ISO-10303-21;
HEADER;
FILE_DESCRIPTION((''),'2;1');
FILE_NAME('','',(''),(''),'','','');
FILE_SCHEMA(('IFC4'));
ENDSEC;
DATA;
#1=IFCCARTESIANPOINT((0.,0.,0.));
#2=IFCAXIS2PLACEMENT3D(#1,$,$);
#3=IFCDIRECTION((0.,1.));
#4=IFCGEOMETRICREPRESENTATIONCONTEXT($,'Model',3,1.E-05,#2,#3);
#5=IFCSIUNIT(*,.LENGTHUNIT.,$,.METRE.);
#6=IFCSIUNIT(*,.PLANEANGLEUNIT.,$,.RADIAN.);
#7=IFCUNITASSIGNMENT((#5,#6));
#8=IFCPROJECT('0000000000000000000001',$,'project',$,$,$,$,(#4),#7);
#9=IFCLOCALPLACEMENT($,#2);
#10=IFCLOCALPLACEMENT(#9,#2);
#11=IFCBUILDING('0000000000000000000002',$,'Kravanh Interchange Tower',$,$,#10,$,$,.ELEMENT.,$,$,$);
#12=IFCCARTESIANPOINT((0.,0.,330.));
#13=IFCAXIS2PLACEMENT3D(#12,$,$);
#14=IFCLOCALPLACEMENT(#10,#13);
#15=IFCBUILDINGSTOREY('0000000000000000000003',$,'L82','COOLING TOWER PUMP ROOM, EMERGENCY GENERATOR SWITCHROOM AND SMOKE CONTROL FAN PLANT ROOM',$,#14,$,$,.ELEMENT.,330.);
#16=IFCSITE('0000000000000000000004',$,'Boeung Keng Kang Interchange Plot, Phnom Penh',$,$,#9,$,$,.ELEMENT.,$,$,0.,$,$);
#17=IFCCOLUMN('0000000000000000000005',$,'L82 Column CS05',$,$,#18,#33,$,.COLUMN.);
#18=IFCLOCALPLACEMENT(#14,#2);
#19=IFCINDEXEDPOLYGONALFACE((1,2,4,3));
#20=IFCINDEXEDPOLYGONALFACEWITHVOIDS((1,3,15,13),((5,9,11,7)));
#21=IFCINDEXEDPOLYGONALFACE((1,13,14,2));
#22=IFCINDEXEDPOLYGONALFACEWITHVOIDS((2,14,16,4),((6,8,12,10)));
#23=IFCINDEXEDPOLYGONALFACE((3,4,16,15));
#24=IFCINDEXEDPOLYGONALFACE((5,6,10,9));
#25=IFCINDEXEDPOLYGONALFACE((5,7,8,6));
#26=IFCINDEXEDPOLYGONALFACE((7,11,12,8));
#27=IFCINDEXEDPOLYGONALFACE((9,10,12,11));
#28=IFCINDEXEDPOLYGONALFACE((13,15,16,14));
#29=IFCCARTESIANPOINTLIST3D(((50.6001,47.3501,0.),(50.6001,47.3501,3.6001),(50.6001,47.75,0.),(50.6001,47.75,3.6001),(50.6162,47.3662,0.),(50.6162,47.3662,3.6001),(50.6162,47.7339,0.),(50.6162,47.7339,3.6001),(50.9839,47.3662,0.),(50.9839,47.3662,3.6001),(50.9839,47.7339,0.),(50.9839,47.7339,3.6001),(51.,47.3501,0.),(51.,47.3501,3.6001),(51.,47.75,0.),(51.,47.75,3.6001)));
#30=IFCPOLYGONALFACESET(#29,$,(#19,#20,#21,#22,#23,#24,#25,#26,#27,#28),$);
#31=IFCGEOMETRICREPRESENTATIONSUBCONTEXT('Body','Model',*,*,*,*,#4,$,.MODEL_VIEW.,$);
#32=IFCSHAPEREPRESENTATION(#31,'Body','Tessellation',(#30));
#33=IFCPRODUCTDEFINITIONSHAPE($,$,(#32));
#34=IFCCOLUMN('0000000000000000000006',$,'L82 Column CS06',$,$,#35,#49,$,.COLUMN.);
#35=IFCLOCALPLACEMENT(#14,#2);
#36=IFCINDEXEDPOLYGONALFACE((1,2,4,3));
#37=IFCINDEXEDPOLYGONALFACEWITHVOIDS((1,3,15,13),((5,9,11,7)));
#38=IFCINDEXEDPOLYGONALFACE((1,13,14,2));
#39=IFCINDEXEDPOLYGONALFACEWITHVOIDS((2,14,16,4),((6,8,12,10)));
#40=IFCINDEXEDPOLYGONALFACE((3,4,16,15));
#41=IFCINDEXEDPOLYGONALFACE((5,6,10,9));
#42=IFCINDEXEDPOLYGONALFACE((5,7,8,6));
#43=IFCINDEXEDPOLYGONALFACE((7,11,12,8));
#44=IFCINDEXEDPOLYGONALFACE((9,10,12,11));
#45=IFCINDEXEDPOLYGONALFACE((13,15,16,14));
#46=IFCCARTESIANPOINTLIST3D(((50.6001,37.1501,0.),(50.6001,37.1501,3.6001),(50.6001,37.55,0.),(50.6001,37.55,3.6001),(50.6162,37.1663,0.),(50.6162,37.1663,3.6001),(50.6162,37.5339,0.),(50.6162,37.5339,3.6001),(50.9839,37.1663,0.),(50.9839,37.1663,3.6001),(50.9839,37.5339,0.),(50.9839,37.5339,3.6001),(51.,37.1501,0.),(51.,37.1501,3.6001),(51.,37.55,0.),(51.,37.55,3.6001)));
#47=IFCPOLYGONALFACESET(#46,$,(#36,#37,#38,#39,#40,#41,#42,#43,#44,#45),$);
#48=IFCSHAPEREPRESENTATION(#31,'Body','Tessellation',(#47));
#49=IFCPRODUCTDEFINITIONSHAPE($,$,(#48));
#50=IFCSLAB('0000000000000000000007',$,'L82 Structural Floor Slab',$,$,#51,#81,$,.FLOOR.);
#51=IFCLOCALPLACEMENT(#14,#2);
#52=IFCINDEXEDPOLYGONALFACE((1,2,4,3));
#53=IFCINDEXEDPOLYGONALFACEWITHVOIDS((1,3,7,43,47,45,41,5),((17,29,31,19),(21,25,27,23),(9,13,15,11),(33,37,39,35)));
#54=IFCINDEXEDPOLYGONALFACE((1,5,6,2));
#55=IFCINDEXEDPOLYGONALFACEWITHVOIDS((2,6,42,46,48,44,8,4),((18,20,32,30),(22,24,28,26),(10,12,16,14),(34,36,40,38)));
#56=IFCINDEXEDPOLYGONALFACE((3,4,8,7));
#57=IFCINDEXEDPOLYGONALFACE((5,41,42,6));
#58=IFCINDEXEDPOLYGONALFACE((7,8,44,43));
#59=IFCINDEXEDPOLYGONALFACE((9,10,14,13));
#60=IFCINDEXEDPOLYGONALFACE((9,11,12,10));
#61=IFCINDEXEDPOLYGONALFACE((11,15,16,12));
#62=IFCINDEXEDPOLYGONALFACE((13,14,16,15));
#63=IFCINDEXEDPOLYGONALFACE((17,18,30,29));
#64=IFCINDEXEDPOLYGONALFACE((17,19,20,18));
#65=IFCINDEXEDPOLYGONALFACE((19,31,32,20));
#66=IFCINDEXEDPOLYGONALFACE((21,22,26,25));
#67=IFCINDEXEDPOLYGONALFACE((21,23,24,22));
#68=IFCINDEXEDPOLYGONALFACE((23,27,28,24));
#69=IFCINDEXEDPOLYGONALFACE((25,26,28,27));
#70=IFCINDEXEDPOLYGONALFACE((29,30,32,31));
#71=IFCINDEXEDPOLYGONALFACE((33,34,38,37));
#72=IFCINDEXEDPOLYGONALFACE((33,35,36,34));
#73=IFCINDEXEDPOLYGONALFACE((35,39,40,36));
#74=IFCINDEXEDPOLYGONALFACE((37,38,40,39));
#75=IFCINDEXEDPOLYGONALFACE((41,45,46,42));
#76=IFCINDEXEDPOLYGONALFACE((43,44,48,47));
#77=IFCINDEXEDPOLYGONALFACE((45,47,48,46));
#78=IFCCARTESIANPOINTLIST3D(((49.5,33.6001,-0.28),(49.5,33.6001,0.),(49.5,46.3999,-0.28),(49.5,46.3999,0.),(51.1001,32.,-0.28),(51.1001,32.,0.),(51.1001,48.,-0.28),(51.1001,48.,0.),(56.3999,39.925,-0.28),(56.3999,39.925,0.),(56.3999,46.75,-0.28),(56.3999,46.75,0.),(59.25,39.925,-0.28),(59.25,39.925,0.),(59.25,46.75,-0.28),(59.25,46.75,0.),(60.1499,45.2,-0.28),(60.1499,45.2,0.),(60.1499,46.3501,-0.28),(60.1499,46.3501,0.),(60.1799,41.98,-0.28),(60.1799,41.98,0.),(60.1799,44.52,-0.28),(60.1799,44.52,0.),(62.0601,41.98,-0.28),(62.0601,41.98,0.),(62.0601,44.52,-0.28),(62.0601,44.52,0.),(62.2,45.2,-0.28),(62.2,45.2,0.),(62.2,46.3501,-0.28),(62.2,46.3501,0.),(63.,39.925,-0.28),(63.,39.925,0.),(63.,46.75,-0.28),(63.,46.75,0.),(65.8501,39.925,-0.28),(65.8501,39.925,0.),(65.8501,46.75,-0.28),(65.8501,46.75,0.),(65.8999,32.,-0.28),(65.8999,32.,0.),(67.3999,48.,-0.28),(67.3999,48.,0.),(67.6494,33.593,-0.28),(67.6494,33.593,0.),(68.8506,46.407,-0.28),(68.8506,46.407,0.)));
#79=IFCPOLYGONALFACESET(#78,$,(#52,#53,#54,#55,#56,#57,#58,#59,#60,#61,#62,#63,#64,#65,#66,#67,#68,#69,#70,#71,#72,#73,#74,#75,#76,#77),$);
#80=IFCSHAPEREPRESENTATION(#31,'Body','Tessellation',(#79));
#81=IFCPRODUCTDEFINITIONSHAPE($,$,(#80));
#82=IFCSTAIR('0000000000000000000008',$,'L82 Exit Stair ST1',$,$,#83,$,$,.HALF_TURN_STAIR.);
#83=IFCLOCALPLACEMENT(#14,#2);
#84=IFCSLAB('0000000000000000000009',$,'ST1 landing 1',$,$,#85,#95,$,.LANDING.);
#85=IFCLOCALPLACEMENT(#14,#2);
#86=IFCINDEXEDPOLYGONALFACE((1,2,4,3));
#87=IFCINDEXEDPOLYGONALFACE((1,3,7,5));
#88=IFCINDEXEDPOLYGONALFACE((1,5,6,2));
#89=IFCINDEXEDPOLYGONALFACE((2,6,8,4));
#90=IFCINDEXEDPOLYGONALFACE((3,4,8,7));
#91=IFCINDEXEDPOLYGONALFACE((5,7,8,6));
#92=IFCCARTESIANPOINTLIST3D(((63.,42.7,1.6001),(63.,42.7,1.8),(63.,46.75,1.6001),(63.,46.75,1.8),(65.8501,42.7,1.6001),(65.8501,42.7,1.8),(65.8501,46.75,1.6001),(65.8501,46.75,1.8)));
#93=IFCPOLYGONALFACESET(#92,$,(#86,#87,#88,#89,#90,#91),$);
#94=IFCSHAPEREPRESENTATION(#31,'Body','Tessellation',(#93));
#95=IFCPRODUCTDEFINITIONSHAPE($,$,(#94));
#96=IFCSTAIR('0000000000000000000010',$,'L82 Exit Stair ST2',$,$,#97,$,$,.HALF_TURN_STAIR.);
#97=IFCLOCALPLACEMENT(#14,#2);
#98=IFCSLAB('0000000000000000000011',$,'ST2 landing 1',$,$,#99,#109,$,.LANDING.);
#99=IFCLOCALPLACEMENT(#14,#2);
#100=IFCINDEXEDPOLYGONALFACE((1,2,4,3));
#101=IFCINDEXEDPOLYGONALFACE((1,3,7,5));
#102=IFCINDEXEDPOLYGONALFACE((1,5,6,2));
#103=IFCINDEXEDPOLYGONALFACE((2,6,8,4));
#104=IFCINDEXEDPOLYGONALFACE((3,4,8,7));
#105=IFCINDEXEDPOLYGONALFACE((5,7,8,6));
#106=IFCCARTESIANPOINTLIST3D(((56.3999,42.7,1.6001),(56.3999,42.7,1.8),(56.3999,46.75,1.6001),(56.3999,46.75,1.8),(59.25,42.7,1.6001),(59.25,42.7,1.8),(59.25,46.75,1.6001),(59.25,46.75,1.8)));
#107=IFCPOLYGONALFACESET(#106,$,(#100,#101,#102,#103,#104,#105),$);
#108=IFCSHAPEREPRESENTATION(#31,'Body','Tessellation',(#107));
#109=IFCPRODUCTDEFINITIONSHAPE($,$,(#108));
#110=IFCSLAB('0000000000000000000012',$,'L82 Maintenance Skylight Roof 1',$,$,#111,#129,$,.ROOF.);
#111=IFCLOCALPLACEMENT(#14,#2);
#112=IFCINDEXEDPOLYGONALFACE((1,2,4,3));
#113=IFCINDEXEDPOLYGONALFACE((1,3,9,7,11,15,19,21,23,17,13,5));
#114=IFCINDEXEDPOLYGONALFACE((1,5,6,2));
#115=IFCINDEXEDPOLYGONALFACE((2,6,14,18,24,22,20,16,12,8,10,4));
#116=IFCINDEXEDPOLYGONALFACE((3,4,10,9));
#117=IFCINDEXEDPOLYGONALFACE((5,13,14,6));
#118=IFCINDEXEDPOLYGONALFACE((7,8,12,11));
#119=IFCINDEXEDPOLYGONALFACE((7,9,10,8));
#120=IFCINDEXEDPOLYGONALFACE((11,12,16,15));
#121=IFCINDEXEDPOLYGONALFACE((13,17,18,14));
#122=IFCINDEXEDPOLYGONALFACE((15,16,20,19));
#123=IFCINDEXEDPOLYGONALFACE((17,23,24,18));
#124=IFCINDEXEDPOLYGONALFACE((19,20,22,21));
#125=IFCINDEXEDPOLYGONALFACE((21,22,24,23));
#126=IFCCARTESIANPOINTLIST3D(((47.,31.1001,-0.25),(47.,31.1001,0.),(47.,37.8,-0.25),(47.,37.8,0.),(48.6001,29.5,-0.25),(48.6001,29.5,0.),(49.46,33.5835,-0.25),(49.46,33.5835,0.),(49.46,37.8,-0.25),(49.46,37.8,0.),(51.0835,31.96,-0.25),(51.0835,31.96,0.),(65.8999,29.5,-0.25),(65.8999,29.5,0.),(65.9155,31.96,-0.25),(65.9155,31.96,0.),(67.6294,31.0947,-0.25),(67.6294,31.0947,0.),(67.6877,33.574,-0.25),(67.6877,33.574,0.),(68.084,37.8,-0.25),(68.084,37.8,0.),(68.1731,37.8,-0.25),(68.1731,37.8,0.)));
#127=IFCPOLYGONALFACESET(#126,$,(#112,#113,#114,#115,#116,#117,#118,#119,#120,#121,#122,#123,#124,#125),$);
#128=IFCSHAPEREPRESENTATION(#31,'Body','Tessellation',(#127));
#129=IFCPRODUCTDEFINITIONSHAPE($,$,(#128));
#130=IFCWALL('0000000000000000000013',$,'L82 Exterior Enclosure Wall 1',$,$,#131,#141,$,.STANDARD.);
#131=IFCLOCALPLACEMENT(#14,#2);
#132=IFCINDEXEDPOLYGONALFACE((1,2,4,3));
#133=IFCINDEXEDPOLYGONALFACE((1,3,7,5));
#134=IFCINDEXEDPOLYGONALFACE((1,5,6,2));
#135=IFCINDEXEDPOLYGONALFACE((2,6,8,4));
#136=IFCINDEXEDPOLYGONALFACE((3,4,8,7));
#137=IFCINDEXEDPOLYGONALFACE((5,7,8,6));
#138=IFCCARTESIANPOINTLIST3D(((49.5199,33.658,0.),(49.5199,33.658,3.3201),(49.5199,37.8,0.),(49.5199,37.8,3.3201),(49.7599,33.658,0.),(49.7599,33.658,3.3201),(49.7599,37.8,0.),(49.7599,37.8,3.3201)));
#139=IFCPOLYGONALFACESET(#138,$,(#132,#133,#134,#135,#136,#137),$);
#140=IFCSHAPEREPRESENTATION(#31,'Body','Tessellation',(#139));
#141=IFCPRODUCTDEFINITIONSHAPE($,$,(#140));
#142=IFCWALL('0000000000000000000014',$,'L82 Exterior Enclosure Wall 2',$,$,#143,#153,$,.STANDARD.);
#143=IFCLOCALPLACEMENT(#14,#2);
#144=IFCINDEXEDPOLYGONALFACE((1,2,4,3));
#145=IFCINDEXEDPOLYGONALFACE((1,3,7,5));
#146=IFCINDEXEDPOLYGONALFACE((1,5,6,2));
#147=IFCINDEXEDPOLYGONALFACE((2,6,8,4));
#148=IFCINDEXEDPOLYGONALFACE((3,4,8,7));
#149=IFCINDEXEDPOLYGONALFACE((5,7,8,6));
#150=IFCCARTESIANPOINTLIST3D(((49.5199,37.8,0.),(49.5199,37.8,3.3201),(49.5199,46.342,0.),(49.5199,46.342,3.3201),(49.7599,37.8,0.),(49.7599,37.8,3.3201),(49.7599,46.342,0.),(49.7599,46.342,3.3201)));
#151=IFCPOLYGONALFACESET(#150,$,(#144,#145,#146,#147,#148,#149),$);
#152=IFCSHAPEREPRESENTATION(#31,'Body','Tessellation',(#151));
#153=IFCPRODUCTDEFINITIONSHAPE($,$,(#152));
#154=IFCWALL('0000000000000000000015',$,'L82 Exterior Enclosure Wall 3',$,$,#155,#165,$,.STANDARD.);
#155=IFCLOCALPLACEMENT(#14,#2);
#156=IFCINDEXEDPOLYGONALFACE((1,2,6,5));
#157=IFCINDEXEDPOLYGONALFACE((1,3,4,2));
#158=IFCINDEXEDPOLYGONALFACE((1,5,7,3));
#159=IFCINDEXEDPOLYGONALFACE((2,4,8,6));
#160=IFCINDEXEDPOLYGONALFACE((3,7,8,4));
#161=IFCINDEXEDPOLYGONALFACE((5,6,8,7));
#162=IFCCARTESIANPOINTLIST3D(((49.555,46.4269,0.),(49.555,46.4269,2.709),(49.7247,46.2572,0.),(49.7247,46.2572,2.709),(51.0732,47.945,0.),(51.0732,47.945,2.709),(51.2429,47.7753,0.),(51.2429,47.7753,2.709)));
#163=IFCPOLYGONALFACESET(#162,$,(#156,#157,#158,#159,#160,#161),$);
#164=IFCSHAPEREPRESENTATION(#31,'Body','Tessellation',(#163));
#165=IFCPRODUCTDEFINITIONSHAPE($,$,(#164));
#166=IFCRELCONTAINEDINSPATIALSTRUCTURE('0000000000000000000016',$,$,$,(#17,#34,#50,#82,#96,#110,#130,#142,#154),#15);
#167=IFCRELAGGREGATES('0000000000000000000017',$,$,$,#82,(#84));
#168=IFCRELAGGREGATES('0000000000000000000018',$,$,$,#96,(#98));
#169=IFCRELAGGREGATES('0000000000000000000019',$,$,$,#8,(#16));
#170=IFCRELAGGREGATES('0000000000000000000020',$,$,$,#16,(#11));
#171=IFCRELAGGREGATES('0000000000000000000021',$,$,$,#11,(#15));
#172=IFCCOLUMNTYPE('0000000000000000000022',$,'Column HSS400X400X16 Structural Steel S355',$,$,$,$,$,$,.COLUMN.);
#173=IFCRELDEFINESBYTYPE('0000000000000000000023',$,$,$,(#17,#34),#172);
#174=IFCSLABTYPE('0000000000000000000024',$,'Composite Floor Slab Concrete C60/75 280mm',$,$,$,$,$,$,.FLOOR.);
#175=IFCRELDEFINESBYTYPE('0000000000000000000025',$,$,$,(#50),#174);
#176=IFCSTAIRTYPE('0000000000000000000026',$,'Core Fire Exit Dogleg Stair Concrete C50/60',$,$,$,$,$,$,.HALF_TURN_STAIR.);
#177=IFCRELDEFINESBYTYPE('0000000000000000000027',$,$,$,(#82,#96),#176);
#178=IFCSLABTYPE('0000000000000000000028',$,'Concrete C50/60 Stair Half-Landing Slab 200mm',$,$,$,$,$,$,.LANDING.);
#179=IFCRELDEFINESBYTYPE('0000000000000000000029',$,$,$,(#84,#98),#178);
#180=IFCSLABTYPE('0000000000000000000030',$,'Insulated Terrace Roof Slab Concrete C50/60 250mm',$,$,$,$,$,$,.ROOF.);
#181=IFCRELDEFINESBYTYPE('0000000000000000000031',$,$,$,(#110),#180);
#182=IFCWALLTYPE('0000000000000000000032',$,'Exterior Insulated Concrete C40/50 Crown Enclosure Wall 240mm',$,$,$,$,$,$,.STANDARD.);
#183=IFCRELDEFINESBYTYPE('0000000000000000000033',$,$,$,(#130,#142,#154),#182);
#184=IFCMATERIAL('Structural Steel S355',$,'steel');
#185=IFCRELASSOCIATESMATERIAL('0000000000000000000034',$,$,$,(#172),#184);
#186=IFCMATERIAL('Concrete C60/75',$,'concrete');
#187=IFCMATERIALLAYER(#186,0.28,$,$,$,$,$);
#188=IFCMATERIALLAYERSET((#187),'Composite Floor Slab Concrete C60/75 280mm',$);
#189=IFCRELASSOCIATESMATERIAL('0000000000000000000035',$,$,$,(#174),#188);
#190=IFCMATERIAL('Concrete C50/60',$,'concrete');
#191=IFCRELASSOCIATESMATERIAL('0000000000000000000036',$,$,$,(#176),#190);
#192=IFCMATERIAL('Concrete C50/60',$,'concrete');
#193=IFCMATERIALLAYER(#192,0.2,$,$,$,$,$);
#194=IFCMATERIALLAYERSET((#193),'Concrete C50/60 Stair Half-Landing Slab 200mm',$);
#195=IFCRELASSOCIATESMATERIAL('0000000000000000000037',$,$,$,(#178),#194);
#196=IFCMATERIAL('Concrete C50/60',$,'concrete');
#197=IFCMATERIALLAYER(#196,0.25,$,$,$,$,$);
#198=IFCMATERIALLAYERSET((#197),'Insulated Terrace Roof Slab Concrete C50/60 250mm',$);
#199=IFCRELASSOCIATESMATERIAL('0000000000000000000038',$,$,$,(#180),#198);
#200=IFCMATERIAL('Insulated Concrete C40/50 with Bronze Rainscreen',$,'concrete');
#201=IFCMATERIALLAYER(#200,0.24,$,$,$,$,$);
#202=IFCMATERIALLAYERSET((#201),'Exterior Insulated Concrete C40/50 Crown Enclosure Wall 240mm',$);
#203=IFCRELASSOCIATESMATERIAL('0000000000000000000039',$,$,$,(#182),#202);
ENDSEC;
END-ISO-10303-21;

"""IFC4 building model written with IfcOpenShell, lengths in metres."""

from ifc_helpers import new_model, si_unit, direction, frame, frame_2d, origin, origin_2d, place, context, subcontext, project, spatial, polyline, rectangle, hollow_rectangle, outline, extrude, material, layer, layer_set, material_profile, profile_set, type_object, element, aggregate, save


model = new_model("IFC4")

# Units and contexts
model_context = context("Model", 3, precision=1e-05, world=origin(), true_north=direction((0.0, 1.0)))
body_context = subcontext(model_context, "Body", "Model", "MODEL_VIEW")
ifc_project = project(units=[si_unit("LENGTHUNIT", "METRE"), si_unit("PLANEANGLEUNIT", "RADIAN")], contexts=[model_context])

# Site, building, storey
site_placement = place(None, origin())
site = spatial("IfcSite", under=ifc_project, at=site_placement, Name="Boeung Keng Kang Interchange Plot, Phnom Penh", CompositionType="ELEMENT", RefElevation=0.0)
building_placement = place(site_placement, origin())
building = spatial("IfcBuilding", under=site, at=building_placement, Name="Kravanh Interchange Tower", CompositionType="ELEMENT")
storey_placement = place(building_placement, frame((0.0, 0.0, 330.0)))
storey = spatial("IfcBuildingStorey", under=building, at=storey_placement, Name="L82", Description="COOLING TOWER PUMP ROOM, EMERGENCY GENERATOR SWITCHROOM AND SMOKE CONTROL FAN PLANT ROOM", CompositionType="ELEMENT", Elevation=330.0)

# Columns
ifc_material_1 = material(Name="Structural Steel S355", Category="steel")
ifc_material_profile = material_profile(ifc_material_1, hollow_rectangle(XDim=0.3999, YDim=0.3999, WallThickness=0.0161, at=origin_2d()), Name="HSS400X400X16")
ifc_profile_set = profile_set([ifc_material_profile], Name="Structural Steel S355")
column_type = type_object("IfcColumnType", Name="Column HSS400X400X16 Structural Steel S355", PredefinedType="COLUMN", material=ifc_profile_set)
for number, where, z_axis, x_axis, name in (
    (1, (50.8, 47.55, 0.0), (0.0, 0.0, 1.0), (1.0, 0.0, 0.0), "L82 Column CS05"),
    (2, (50.8, 37.3501, 0.0), (0.0, 0.0, 1.0), (1.0, 0.0, 0.0), "L82 Column CS06"),
):
    element("IfcColumn", number, at=place(storey_placement, frame(where, z_axis=z_axis, x_axis=x_axis)), inside=storey, type_object=column_type, Name=name, PredefinedType="COLUMN", context=body_context, shape_type="SweptSolid", body=[
        extrude(hollow_rectangle(XDim=0.3999, YDim=0.3999, WallThickness=0.0161, at=origin_2d()), origin(), (0.0, 0.0, 1.0), 3.6001),
    ])

# Slab
ifc_material_2 = material(Name="Concrete C60/75", Category="concrete")
ifc_layer_1 = layer(ifc_material_2, 0.28)
ifc_layer_set_1 = layer_set([ifc_layer_1], Name="Composite Floor Slab Concrete C60/75 280mm")
slab_type_1 = type_object("IfcSlabType", Name="Composite Floor Slab Concrete C60/75 280mm", PredefinedType="FLOOR", material=ifc_layer_set_1)
slab_1_placement = place(storey_placement, frame((0.0, 0.0, -0.28)))
element("IfcSlab", 3, at=slab_1_placement, inside=storey, type_object=slab_type_1, Name="L82 Structural Floor Slab", PredefinedType="FLOOR", context=body_context, shape_type="SweptSolid", body=[
    extrude(outline(polyline([(49.5, 33.6001), (51.1001, 32.0), (65.8999, 32.0), (67.6494, 33.593), (68.8506, 46.407), (67.3999, 48.0), (51.1001, 48.0), (49.5, 46.3999), (49.5, 33.6001)]), holes=[polyline([(65.8501, 39.925), (65.8501, 46.75), (63.0, 46.75), (63.0, 39.925), (65.8501, 39.925)]), polyline([(59.25, 39.925), (59.25, 46.75), (56.3999, 46.75), (56.3999, 39.925), (59.25, 39.925)]), polyline([(60.1799, 41.98), (62.0601, 41.98), (62.0601, 44.52), (60.1799, 44.52), (60.1799, 41.98)]), polyline([(60.1499, 45.2), (62.2, 45.2), (62.2, 46.3501), (60.1499, 46.3501), (60.1499, 45.2)])]), origin(), (0.0, 0.0, 1.0), 0.28),
])

# Stairs, slabs
ifc_material_3 = material(Name="Concrete C50/60", Category="concrete")
stair_type = type_object("IfcStairType", Name="Core Fire Exit Dogleg Stair Concrete C50/60", PredefinedType="HALF_TURN_STAIR", material=ifc_material_3)
stair_1_placement = place(storey_placement, origin())
stair_1 = element("IfcStair", 4, at=stair_1_placement, inside=storey, type_object=stair_type, Name="L82 Exit Stair ST1", PredefinedType="HALF_TURN_STAIR")
ifc_material_4 = material(Name="Concrete C50/60", Category="concrete")
ifc_layer_2 = layer(ifc_material_4, 0.2)
ifc_layer_set_2 = layer_set([ifc_layer_2], Name="Concrete C50/60 Stair Half-Landing Slab 200mm")
slab_type_2 = type_object("IfcSlabType", Name="Concrete C50/60 Stair Half-Landing Slab 200mm", PredefinedType="LANDING", material=ifc_layer_set_2)
slab_2_placement = place(storey_placement, frame((0.0, 0.0, 1.6001)))
slab_2 = element("IfcSlab", 5, at=slab_2_placement, type_object=slab_type_2, Name="ST1 landing 1", PredefinedType="LANDING", context=body_context, shape_type="SweptSolid", body=[
    extrude(outline(polyline([(65.8501, 42.7), (65.8501, 46.75), (63.0, 46.75), (63.0, 42.7), (65.8501, 42.7)])), origin(), (0.0, 0.0, 1.0), 0.2),
])
aggregate(stair_1, [slab_2])
stair_2_placement = place(storey_placement, origin())
stair_2 = element("IfcStair", 6, at=stair_2_placement, inside=storey, type_object=stair_type, Name="L82 Exit Stair ST2", PredefinedType="HALF_TURN_STAIR")
slab_3_placement = place(storey_placement, frame((0.0, 0.0, 1.6001)))
slab_3 = element("IfcSlab", 7, at=slab_3_placement, type_object=slab_type_2, Name="ST2 landing 1", PredefinedType="LANDING", context=body_context, shape_type="SweptSolid", body=[
    extrude(outline(polyline([(59.25, 42.7), (59.25, 46.75), (56.3999, 46.75), (56.3999, 42.7), (59.25, 42.7)])), origin(), (0.0, 0.0, 1.0), 0.2),
])
aggregate(stair_2, [slab_3])

# Slab
ifc_material_5 = material(Name="Concrete C50/60", Category="concrete")
ifc_layer_3 = layer(ifc_material_5, 0.25)
ifc_layer_set_3 = layer_set([ifc_layer_3], Name="Insulated Terrace Roof Slab Concrete C50/60 250mm")
slab_type_3 = type_object("IfcSlabType", Name="Insulated Terrace Roof Slab Concrete C50/60 250mm", PredefinedType="ROOF", material=ifc_layer_set_3)
slab_4_placement = place(storey_placement, frame((0.0, 0.0, -0.25)))
element("IfcSlab", 8, at=slab_4_placement, inside=storey, type_object=slab_type_3, Name="L82 Maintenance Skylight Roof 1", PredefinedType="ROOF", context=body_context, shape_type="SweptSolid", body=[
    extrude(outline(polyline([(65.8999, 29.5), (48.6001, 29.5), (47.0, 31.1001), (47.0, 37.8), (49.46, 37.8), (49.46, 33.5835), (51.0835, 31.96), (65.9155, 31.96), (67.6877, 33.574), (68.084, 37.8), (68.1731, 37.8), (67.6294, 31.0947), (65.8999, 29.5)])), origin(), (0.0, 0.0, 1.0), 0.25),
])

# Walls
ifc_material_6 = material(Name="Insulated Concrete C40/50 with Bronze Rainscreen", Category="concrete")
ifc_layer_4 = layer(ifc_material_6, 0.24)
ifc_layer_set_4 = layer_set([ifc_layer_4], Name="Exterior Insulated Concrete C40/50 Crown Enclosure Wall 240mm")
wall_type_1 = type_object("IfcWallType", Name="Exterior Insulated Concrete C40/50 Crown Enclosure Wall 240mm", PredefinedType="STANDARD", material=ifc_layer_set_4)
wall_1_placement = place(storey_placement, frame((49.6399, 33.658, 0.0), z_axis=(0.0, 0.0, 1.0), x_axis=(0.0, 1.0, 0.0)))
element("IfcWall", 9, at=wall_1_placement, inside=storey, type_object=wall_type_1, Name="L82 Exterior Enclosure Wall 1", PredefinedType="STANDARD", context=body_context, shape_type="SweptSolid", body=[
    extrude(rectangle(XDim=4.1421, YDim=0.24, at=frame_2d((2.071, 0.0))), origin(), (0.0, 0.0, 1.0), 3.3201),
])
wall_2_placement = place(storey_placement, frame((49.6399, 37.8, 0.0), z_axis=(0.0, 0.0, 1.0), x_axis=(0.0, 1.0, 0.0)))
element("IfcWall", 10, at=wall_2_placement, inside=storey, type_object=wall_type_1, Name="L82 Exterior Enclosure Wall 2", PredefinedType="STANDARD", context=body_context, shape_type="SweptSolid", body=[
    extrude(rectangle(XDim=8.542, YDim=0.24, at=frame_2d((4.271, 0.0))), origin(), (0.0, 0.0, 1.0), 3.3201),
])
wall_3_placement = place(storey_placement, frame((49.6399, 46.342, 0.0), z_axis=(0.0, 0.0, 1.0), x_axis=(0.707107, 0.707107, 0.0)))
element("IfcWall", 11, at=wall_3_placement, inside=storey, type_object=wall_type_1, Name="L82 Exterior Enclosure Wall 3", PredefinedType="STANDARD", context=body_context, shape_type="SweptSolid", body=[
    extrude(rectangle(XDim=2.147, YDim=0.24, at=frame_2d((1.0735, 0.0))), origin(), (0.0, 0.0, 1.0), 2.709),
])

save(model, "model.ifc")
